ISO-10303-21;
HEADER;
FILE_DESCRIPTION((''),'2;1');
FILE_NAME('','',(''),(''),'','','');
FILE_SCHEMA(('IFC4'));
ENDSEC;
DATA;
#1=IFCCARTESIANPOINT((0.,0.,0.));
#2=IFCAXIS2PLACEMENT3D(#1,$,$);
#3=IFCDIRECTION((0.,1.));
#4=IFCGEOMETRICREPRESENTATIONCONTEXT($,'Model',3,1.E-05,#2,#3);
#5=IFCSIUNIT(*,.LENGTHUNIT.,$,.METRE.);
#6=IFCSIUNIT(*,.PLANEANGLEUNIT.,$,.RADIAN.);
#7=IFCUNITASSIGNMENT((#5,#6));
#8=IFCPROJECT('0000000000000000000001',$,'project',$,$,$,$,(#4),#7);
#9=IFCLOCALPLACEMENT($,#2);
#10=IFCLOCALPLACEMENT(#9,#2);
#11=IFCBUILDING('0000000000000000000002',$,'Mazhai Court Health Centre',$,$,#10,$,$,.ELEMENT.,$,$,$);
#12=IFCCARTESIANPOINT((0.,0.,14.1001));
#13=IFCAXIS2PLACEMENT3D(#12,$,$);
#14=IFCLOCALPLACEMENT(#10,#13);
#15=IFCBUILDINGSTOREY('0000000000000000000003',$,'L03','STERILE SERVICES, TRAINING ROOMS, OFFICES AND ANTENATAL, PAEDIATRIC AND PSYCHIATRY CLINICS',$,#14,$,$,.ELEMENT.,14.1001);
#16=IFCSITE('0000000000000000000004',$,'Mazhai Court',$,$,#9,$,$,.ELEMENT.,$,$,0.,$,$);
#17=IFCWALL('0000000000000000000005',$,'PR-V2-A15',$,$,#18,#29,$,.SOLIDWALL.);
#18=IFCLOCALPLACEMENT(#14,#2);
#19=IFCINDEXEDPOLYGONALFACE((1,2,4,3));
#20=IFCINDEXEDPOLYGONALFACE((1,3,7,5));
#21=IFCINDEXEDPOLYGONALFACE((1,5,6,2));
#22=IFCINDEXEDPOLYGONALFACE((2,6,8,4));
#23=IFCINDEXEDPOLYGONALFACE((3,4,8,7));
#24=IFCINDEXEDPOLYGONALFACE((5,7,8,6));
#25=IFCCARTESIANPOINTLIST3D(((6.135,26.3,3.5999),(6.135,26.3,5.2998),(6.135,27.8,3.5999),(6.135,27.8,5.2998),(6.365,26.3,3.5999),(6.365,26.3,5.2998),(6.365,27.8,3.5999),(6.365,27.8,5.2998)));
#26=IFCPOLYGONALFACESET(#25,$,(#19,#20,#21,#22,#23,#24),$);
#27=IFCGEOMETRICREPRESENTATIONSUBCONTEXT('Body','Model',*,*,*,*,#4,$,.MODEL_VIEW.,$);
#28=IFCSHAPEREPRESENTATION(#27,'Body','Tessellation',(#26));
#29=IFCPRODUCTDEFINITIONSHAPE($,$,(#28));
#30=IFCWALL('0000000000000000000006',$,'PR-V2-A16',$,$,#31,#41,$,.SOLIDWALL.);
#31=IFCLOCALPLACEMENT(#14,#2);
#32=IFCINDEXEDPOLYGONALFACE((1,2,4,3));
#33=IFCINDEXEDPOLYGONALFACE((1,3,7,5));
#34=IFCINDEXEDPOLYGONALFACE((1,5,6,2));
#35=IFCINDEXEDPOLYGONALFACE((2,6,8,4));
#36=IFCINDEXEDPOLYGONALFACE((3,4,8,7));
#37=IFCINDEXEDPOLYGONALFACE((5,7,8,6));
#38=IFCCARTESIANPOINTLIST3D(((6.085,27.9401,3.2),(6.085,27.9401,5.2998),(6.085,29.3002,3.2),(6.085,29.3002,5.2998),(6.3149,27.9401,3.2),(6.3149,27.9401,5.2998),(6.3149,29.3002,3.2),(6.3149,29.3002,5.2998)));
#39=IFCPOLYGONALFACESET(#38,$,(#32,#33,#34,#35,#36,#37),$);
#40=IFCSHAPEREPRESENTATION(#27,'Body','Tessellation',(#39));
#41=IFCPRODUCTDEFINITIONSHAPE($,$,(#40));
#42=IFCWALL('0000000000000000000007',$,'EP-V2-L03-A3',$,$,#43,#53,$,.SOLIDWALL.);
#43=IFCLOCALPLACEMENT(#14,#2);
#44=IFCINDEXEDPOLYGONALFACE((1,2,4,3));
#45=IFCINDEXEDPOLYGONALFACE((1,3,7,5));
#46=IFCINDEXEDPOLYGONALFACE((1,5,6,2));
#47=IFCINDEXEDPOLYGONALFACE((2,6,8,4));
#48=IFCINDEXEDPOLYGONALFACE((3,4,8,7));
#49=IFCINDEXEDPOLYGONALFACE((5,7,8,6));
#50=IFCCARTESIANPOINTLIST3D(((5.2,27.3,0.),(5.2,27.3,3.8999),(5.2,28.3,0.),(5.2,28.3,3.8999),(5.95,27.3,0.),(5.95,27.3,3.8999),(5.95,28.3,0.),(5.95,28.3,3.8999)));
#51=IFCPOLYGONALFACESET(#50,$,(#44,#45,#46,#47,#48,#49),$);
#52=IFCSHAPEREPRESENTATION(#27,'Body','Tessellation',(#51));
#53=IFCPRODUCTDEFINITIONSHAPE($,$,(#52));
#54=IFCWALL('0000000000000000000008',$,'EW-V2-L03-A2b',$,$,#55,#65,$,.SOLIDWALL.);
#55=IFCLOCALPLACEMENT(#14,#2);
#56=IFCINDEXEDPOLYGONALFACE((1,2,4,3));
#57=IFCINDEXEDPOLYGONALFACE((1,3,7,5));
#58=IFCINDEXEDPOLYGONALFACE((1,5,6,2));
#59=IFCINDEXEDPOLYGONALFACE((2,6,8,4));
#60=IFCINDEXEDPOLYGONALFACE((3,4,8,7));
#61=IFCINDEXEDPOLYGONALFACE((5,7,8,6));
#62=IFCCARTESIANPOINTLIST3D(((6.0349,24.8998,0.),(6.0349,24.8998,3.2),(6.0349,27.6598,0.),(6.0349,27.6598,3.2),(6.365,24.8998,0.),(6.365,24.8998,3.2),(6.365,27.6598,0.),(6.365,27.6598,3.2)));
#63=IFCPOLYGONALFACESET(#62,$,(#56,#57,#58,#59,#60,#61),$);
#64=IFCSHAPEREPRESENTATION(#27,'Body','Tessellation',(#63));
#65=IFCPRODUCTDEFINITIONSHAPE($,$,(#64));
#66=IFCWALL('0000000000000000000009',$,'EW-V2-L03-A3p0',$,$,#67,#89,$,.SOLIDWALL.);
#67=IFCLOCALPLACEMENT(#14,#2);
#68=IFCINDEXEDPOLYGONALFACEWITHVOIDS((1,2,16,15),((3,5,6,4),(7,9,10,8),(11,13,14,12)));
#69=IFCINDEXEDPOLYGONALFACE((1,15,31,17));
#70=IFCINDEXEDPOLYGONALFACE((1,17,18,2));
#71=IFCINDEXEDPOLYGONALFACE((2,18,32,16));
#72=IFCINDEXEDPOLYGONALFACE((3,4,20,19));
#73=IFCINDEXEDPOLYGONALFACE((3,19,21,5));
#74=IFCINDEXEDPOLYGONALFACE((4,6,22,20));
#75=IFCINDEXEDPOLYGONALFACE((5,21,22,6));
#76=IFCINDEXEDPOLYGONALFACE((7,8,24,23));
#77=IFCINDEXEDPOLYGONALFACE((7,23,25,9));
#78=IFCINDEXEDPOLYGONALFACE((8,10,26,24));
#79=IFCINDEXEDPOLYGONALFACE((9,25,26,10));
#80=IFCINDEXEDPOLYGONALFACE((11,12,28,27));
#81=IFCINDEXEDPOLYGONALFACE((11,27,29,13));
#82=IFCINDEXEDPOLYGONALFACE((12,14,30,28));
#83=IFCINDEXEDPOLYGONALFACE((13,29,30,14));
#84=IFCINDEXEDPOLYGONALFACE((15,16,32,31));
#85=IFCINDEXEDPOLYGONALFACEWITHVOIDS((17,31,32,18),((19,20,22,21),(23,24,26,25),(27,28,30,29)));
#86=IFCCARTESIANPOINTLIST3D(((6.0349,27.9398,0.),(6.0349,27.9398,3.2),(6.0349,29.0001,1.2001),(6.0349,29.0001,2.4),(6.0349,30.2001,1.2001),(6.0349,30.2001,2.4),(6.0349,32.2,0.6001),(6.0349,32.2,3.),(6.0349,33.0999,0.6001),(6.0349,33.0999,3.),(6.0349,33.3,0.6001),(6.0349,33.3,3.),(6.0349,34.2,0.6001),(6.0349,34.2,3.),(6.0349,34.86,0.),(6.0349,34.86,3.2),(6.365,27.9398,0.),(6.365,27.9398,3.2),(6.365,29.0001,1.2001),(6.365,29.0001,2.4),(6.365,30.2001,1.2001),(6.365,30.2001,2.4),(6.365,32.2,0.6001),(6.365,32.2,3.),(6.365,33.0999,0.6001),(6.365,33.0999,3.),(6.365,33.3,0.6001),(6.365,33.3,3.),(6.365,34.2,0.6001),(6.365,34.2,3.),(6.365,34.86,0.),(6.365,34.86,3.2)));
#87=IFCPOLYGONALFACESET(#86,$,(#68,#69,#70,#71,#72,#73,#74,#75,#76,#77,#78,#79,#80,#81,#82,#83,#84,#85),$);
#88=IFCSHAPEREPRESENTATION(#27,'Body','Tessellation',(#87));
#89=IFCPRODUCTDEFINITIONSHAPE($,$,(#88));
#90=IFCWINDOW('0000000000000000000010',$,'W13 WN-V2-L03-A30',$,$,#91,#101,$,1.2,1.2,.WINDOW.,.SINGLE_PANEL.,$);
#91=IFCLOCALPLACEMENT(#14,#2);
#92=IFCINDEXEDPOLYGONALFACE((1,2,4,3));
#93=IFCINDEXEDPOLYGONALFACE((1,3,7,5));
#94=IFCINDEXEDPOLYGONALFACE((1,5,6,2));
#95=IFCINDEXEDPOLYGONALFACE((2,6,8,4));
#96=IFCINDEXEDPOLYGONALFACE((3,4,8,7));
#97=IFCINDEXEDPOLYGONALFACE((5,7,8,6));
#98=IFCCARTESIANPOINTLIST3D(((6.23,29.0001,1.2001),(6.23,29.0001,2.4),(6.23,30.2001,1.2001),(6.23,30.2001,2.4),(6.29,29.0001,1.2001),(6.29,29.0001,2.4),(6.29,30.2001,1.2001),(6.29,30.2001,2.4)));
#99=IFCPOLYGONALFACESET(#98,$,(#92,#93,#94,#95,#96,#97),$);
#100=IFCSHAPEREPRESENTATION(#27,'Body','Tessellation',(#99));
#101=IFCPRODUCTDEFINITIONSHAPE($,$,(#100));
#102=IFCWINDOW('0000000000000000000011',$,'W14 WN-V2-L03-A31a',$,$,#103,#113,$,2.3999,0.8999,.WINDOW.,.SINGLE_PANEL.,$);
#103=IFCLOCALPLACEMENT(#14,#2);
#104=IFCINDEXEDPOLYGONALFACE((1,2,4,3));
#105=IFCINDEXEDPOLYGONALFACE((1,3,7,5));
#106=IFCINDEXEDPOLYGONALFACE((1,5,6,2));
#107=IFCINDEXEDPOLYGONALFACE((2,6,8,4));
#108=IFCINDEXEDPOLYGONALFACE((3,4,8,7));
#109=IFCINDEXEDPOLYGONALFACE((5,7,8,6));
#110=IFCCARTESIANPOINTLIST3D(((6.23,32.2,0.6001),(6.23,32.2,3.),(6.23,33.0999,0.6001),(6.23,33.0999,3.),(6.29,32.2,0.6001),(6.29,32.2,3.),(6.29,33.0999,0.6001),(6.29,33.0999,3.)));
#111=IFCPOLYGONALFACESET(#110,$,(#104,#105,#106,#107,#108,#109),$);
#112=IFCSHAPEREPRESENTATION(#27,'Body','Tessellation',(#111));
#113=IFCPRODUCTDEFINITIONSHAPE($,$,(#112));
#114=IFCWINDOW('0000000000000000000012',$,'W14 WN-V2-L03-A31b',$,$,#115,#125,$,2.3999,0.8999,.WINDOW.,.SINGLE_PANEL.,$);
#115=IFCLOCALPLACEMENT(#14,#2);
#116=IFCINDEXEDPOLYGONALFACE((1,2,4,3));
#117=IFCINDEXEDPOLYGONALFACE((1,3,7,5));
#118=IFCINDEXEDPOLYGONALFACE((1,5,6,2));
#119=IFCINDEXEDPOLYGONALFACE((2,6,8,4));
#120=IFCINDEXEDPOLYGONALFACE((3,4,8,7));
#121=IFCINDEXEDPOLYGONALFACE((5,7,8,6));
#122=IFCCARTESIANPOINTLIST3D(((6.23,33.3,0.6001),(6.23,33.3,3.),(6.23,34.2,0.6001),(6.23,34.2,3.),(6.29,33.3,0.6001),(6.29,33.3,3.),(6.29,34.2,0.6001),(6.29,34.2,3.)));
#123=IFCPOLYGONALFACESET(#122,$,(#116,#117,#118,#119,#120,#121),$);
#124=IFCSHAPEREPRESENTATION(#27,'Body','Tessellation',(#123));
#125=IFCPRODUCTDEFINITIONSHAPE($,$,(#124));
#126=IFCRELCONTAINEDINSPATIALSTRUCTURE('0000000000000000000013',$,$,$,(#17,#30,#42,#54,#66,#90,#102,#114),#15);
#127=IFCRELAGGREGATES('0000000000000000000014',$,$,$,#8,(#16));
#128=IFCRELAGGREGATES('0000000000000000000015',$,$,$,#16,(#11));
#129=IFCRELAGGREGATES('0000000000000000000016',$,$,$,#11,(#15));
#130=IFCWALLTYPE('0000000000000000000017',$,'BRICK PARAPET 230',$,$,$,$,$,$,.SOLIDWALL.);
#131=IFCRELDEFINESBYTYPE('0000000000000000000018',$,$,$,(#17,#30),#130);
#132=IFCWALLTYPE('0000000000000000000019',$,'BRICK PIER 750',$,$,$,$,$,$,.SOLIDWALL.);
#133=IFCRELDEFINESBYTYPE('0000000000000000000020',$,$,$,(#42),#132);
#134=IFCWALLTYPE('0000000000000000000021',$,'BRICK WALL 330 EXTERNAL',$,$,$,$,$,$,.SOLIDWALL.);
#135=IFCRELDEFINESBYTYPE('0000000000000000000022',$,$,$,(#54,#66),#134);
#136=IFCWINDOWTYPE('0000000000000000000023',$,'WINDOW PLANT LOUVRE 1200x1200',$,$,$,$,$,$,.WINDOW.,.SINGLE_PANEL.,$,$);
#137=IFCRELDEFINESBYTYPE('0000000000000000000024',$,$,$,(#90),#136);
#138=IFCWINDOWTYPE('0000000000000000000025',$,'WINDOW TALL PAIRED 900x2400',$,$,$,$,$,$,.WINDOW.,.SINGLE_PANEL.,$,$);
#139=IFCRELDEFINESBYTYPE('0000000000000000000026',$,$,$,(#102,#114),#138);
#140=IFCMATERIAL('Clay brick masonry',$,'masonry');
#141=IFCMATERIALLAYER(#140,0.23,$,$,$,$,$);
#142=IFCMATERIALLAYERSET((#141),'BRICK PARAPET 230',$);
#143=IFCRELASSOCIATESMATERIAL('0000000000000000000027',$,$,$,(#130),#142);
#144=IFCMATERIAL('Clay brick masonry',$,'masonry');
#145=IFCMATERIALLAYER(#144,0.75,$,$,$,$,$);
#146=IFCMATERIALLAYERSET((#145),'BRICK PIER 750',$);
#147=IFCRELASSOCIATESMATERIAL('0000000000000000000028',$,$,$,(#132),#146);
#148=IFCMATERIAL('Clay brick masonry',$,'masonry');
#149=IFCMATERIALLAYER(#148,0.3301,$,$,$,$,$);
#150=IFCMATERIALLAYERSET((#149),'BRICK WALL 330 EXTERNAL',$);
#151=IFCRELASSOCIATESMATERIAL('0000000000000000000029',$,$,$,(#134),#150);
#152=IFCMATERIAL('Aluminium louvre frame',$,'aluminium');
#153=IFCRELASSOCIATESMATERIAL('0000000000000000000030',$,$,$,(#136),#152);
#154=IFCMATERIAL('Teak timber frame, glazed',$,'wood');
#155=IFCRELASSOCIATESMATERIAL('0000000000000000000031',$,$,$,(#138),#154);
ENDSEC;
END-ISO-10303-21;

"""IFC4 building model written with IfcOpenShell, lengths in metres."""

from ifc_helpers import new_model, si_unit, direction, frame, frame_2d, origin, place, context, subcontext, project, spatial, rectangle, extrude, material, layer, layer_set, type_object, element, fill, save


model = new_model("IFC4")

# Units and contexts
model_context = context("Model", 3, precision=1e-05, world=origin(), true_north=direction((0.0, 1.0)))
body_context = subcontext(model_context, "Body", "Model", "MODEL_VIEW")
ifc_project = project(units=[si_unit("LENGTHUNIT", "METRE"), si_unit("PLANEANGLEUNIT", "RADIAN")], contexts=[model_context])

# Site, building, storey
site_placement = place(None, origin())
site = spatial("IfcSite", under=ifc_project, at=site_placement, Name="Mazhai Court", CompositionType="ELEMENT", RefElevation=0.0)
building_placement = place(site_placement, origin())
building = spatial("IfcBuilding", under=site, at=building_placement, Name="Mazhai Court Health Centre", CompositionType="ELEMENT")
storey_placement = place(building_placement, frame((0.0, 0.0, 14.1001)))
storey = spatial("IfcBuildingStorey", under=building, at=storey_placement, Name="L03", Description="STERILE SERVICES, TRAINING ROOMS, OFFICES AND ANTENATAL, PAEDIATRIC AND PSYCHIATRY CLINICS", CompositionType="ELEMENT", Elevation=14.1001)

# Walls
ifc_material_1 = material(Name="Clay brick masonry", Category="masonry")
ifc_layer_1 = layer(ifc_material_1, 0.23)
ifc_layer_set_1 = layer_set([ifc_layer_1], Name="BRICK PARAPET 230")
wall_type_1 = type_object("IfcWallType", Name="BRICK PARAPET 230", PredefinedType="SOLIDWALL", material=ifc_layer_set_1)
wall_1_placement = place(storey_placement, frame((6.25, 26.3, 3.5999), z_axis=(0.0, 0.0, 1.0), x_axis=(0.0, 1.0, 0.0)))
element("IfcWall", 1, at=wall_1_placement, inside=storey, type_object=wall_type_1, Name="PR-V2-A15", PredefinedType="SOLIDWALL", context=body_context, shape_type="SweptSolid", body=[
    extrude(rectangle(XDim=1.5, YDim=0.23, at=frame_2d((0.75, 0.0))), origin(), (0.0, 0.0, 1.0), 1.7),
])
wall_2_placement = place(storey_placement, frame((6.2, 27.9399, 3.2), z_axis=(0.0, 0.0, 1.0), x_axis=(0.0, 1.0, 0.0)))
element("IfcWall", 2, at=wall_2_placement, inside=storey, type_object=wall_type_1, Name="PR-V2-A16", PredefinedType="SOLIDWALL", context=body_context, shape_type="SweptSolid", body=[
    extrude(rectangle(XDim=1.3601, YDim=0.23, at=frame_2d((0.6802, 0.0))), origin(), (0.0, 0.0, 1.0), 2.0999),
])
ifc_material_2 = material(Name="Clay brick masonry", Category="masonry")
ifc_layer_2 = layer(ifc_material_2, 0.75)
ifc_layer_set_2 = layer_set([ifc_layer_2], Name="BRICK PIER 750")
wall_type_2 = type_object("IfcWallType", Name="BRICK PIER 750", PredefinedType="SOLIDWALL", material=ifc_layer_set_2)
wall_3_placement = place(storey_placement, frame((5.575, 27.3, 0.0), z_axis=(0.0, 0.0, 1.0), x_axis=(0.0, 1.0, 0.0)))
element("IfcWall", 3, at=wall_3_placement, inside=storey, type_object=wall_type_2, Name="EP-V2-L03-A3", PredefinedType="SOLIDWALL", context=body_context, shape_type="SweptSolid", body=[
    extrude(rectangle(XDim=1.0, YDim=0.75, at=frame_2d((0.5, 0.0))), origin(), (0.0, 0.0, 1.0), 3.8999),
])
ifc_material_3 = material(Name="Clay brick masonry", Category="masonry")
ifc_layer_3 = layer(ifc_material_3, 0.3301)
ifc_layer_set_3 = layer_set([ifc_layer_3], Name="BRICK WALL 330 EXTERNAL")
wall_type_3 = type_object("IfcWallType", Name="BRICK WALL 330 EXTERNAL", PredefinedType="SOLIDWALL", material=ifc_layer_set_3)
wall_4_placement = place(storey_placement, frame((6.2, 24.8999, 0.0), z_axis=(0.0, 0.0, 1.0), x_axis=(0.0, 1.0, 0.0)))
element("IfcWall", 4, at=wall_4_placement, inside=storey, type_object=wall_type_3, Name="EW-V2-L03-A2b", PredefinedType="SOLIDWALL", context=body_context, shape_type="SweptSolid", body=[
    extrude(rectangle(XDim=2.76, YDim=0.3301, at=frame_2d((1.3799, 0.0))), origin(), (0.0, 0.0, 1.0), 3.2),
])

# Wall, openings, windows
wall_5_placement = place(storey_placement, frame((6.2, 27.9399, 0.0), z_axis=(0.0, 0.0, 1.0), x_axis=(0.0, 1.0, 0.0)))
wall_5 = element("IfcWall", 5, at=wall_5_placement, inside=storey, type_object=wall_type_3, Name="EW-V2-L03-A3p0", PredefinedType="SOLIDWALL", context=body_context, shape_type="SweptSolid", body=[
    extrude(rectangle(XDim=6.9202, YDim=0.3301, at=frame_2d((3.46, 0.0))), origin(), (0.0, 0.0, 1.0), 3.2),
])
opening_1_placement = place(wall_5_placement, frame((1.0601, 0.0, 1.2)))
opening_1 = element("IfcOpeningElement", 6, at=opening_1_placement, cuts=wall_5, PredefinedType="OPENING", context=body_context, shape_type="SweptSolid", body=[
    extrude(rectangle(XDim=1.2, YDim=1.2, at=frame_2d((0.6001, 0.6001))), frame((0.0, 0.175, 0.0), z_axis=(0.0, -1.0, 0.0), x_axis=(1.0, 0.0, 0.0)), (0.0, 0.0, 1.0), 0.3501),
])
opening_2_placement = place(wall_5_placement, frame((4.26, 0.0, 0.6001)))
opening_2 = element("IfcOpeningElement", 7, at=opening_2_placement, cuts=wall_5, PredefinedType="OPENING", context=body_context, shape_type="SweptSolid", body=[
    extrude(rectangle(XDim=0.8999, YDim=2.3999, at=frame_2d((0.45, 1.2))), frame((0.0, 0.175, 0.0), z_axis=(0.0, -1.0, 0.0), x_axis=(1.0, 0.0, 0.0)), (0.0, 0.0, 1.0), 0.3501),
])
opening_3_placement = place(wall_5_placement, frame((5.3601, 0.0, 0.6001)))
opening_3 = element("IfcOpeningElement", 8, at=opening_3_placement, cuts=wall_5, PredefinedType="OPENING", context=body_context, shape_type="SweptSolid", body=[
    extrude(rectangle(XDim=0.8999, YDim=2.3999, at=frame_2d((0.45, 1.2))), frame((0.0, 0.175, 0.0), z_axis=(0.0, -1.0, 0.0), x_axis=(1.0, 0.0, 0.0)), (0.0, 0.0, 1.0), 0.3501),
])
ifc_material_4 = material(Name="Aluminium louvre frame", Category="aluminium")
window_type_1 = type_object("IfcWindowType", Name="WINDOW PLANT LOUVRE 1200x1200", PartitioningType="SINGLE_PANEL", PredefinedType="WINDOW", material=ifc_material_4)
window_1_placement = place(opening_1_placement, origin())
window_1 = element("IfcWindow", 9, at=window_1_placement, inside=storey, type_object=window_type_1, Name="W13 WN-V2-L03-A30", OverallHeight=1.2, OverallWidth=1.2, PartitioningType="SINGLE_PANEL", PredefinedType="WINDOW", context=body_context, shape_type="SweptSolid", body=[
    extrude(rectangle(XDim=1.2, YDim=1.2, at=frame_2d((0.6001, 0.6001))), frame((0.0, -0.03, 0.0), z_axis=(0.0, -1.0, 0.0), x_axis=(1.0, 0.0, 0.0)), (0.0, 0.0, 1.0), 0.0601),
])
fill(opening_1, window_1)
ifc_material_5 = material(Name="Teak timber frame, glazed", Category="wood")
window_type_2 = type_object("IfcWindowType", Name="WINDOW TALL PAIRED 900x2400", PartitioningType="SINGLE_PANEL", PredefinedType="WINDOW", material=ifc_material_5)
window_2_placement = place(opening_2_placement, origin())
window_2 = element("IfcWindow", 10, at=window_2_placement, inside=storey, type_object=window_type_2, Name="W14 WN-V2-L03-A31a", OverallHeight=2.3999, OverallWidth=0.8999, PartitioningType="SINGLE_PANEL", PredefinedType="WINDOW", context=body_context, shape_type="SweptSolid", body=[
    extrude(rectangle(XDim=0.8999, YDim=2.3999, at=frame_2d((0.45, 1.2))), frame((0.0, -0.03, 0.0), z_axis=(0.0, -1.0, 0.0), x_axis=(1.0, 0.0, 0.0)), (0.0, 0.0, 1.0), 0.0601),
])
fill(opening_2, window_2)
window_3_placement = place(opening_3_placement, origin())
window_3 = element("IfcWindow", 11, at=window_3_placement, inside=storey, type_object=window_type_2, Name="W14 WN-V2-L03-A31b", OverallHeight=2.3999, OverallWidth=0.8999, PartitioningType="SINGLE_PANEL", PredefinedType="WINDOW", context=body_context, shape_type="SweptSolid", body=[
    extrude(rectangle(XDim=0.8999, YDim=2.3999, at=frame_2d((0.45, 1.2))), frame((0.0, -0.03, 0.0), z_axis=(0.0, -1.0, 0.0), x_axis=(1.0, 0.0, 0.0)), (0.0, 0.0, 1.0), 0.0601),
])
fill(opening_3, window_3)

save(model, "model.ifc")
